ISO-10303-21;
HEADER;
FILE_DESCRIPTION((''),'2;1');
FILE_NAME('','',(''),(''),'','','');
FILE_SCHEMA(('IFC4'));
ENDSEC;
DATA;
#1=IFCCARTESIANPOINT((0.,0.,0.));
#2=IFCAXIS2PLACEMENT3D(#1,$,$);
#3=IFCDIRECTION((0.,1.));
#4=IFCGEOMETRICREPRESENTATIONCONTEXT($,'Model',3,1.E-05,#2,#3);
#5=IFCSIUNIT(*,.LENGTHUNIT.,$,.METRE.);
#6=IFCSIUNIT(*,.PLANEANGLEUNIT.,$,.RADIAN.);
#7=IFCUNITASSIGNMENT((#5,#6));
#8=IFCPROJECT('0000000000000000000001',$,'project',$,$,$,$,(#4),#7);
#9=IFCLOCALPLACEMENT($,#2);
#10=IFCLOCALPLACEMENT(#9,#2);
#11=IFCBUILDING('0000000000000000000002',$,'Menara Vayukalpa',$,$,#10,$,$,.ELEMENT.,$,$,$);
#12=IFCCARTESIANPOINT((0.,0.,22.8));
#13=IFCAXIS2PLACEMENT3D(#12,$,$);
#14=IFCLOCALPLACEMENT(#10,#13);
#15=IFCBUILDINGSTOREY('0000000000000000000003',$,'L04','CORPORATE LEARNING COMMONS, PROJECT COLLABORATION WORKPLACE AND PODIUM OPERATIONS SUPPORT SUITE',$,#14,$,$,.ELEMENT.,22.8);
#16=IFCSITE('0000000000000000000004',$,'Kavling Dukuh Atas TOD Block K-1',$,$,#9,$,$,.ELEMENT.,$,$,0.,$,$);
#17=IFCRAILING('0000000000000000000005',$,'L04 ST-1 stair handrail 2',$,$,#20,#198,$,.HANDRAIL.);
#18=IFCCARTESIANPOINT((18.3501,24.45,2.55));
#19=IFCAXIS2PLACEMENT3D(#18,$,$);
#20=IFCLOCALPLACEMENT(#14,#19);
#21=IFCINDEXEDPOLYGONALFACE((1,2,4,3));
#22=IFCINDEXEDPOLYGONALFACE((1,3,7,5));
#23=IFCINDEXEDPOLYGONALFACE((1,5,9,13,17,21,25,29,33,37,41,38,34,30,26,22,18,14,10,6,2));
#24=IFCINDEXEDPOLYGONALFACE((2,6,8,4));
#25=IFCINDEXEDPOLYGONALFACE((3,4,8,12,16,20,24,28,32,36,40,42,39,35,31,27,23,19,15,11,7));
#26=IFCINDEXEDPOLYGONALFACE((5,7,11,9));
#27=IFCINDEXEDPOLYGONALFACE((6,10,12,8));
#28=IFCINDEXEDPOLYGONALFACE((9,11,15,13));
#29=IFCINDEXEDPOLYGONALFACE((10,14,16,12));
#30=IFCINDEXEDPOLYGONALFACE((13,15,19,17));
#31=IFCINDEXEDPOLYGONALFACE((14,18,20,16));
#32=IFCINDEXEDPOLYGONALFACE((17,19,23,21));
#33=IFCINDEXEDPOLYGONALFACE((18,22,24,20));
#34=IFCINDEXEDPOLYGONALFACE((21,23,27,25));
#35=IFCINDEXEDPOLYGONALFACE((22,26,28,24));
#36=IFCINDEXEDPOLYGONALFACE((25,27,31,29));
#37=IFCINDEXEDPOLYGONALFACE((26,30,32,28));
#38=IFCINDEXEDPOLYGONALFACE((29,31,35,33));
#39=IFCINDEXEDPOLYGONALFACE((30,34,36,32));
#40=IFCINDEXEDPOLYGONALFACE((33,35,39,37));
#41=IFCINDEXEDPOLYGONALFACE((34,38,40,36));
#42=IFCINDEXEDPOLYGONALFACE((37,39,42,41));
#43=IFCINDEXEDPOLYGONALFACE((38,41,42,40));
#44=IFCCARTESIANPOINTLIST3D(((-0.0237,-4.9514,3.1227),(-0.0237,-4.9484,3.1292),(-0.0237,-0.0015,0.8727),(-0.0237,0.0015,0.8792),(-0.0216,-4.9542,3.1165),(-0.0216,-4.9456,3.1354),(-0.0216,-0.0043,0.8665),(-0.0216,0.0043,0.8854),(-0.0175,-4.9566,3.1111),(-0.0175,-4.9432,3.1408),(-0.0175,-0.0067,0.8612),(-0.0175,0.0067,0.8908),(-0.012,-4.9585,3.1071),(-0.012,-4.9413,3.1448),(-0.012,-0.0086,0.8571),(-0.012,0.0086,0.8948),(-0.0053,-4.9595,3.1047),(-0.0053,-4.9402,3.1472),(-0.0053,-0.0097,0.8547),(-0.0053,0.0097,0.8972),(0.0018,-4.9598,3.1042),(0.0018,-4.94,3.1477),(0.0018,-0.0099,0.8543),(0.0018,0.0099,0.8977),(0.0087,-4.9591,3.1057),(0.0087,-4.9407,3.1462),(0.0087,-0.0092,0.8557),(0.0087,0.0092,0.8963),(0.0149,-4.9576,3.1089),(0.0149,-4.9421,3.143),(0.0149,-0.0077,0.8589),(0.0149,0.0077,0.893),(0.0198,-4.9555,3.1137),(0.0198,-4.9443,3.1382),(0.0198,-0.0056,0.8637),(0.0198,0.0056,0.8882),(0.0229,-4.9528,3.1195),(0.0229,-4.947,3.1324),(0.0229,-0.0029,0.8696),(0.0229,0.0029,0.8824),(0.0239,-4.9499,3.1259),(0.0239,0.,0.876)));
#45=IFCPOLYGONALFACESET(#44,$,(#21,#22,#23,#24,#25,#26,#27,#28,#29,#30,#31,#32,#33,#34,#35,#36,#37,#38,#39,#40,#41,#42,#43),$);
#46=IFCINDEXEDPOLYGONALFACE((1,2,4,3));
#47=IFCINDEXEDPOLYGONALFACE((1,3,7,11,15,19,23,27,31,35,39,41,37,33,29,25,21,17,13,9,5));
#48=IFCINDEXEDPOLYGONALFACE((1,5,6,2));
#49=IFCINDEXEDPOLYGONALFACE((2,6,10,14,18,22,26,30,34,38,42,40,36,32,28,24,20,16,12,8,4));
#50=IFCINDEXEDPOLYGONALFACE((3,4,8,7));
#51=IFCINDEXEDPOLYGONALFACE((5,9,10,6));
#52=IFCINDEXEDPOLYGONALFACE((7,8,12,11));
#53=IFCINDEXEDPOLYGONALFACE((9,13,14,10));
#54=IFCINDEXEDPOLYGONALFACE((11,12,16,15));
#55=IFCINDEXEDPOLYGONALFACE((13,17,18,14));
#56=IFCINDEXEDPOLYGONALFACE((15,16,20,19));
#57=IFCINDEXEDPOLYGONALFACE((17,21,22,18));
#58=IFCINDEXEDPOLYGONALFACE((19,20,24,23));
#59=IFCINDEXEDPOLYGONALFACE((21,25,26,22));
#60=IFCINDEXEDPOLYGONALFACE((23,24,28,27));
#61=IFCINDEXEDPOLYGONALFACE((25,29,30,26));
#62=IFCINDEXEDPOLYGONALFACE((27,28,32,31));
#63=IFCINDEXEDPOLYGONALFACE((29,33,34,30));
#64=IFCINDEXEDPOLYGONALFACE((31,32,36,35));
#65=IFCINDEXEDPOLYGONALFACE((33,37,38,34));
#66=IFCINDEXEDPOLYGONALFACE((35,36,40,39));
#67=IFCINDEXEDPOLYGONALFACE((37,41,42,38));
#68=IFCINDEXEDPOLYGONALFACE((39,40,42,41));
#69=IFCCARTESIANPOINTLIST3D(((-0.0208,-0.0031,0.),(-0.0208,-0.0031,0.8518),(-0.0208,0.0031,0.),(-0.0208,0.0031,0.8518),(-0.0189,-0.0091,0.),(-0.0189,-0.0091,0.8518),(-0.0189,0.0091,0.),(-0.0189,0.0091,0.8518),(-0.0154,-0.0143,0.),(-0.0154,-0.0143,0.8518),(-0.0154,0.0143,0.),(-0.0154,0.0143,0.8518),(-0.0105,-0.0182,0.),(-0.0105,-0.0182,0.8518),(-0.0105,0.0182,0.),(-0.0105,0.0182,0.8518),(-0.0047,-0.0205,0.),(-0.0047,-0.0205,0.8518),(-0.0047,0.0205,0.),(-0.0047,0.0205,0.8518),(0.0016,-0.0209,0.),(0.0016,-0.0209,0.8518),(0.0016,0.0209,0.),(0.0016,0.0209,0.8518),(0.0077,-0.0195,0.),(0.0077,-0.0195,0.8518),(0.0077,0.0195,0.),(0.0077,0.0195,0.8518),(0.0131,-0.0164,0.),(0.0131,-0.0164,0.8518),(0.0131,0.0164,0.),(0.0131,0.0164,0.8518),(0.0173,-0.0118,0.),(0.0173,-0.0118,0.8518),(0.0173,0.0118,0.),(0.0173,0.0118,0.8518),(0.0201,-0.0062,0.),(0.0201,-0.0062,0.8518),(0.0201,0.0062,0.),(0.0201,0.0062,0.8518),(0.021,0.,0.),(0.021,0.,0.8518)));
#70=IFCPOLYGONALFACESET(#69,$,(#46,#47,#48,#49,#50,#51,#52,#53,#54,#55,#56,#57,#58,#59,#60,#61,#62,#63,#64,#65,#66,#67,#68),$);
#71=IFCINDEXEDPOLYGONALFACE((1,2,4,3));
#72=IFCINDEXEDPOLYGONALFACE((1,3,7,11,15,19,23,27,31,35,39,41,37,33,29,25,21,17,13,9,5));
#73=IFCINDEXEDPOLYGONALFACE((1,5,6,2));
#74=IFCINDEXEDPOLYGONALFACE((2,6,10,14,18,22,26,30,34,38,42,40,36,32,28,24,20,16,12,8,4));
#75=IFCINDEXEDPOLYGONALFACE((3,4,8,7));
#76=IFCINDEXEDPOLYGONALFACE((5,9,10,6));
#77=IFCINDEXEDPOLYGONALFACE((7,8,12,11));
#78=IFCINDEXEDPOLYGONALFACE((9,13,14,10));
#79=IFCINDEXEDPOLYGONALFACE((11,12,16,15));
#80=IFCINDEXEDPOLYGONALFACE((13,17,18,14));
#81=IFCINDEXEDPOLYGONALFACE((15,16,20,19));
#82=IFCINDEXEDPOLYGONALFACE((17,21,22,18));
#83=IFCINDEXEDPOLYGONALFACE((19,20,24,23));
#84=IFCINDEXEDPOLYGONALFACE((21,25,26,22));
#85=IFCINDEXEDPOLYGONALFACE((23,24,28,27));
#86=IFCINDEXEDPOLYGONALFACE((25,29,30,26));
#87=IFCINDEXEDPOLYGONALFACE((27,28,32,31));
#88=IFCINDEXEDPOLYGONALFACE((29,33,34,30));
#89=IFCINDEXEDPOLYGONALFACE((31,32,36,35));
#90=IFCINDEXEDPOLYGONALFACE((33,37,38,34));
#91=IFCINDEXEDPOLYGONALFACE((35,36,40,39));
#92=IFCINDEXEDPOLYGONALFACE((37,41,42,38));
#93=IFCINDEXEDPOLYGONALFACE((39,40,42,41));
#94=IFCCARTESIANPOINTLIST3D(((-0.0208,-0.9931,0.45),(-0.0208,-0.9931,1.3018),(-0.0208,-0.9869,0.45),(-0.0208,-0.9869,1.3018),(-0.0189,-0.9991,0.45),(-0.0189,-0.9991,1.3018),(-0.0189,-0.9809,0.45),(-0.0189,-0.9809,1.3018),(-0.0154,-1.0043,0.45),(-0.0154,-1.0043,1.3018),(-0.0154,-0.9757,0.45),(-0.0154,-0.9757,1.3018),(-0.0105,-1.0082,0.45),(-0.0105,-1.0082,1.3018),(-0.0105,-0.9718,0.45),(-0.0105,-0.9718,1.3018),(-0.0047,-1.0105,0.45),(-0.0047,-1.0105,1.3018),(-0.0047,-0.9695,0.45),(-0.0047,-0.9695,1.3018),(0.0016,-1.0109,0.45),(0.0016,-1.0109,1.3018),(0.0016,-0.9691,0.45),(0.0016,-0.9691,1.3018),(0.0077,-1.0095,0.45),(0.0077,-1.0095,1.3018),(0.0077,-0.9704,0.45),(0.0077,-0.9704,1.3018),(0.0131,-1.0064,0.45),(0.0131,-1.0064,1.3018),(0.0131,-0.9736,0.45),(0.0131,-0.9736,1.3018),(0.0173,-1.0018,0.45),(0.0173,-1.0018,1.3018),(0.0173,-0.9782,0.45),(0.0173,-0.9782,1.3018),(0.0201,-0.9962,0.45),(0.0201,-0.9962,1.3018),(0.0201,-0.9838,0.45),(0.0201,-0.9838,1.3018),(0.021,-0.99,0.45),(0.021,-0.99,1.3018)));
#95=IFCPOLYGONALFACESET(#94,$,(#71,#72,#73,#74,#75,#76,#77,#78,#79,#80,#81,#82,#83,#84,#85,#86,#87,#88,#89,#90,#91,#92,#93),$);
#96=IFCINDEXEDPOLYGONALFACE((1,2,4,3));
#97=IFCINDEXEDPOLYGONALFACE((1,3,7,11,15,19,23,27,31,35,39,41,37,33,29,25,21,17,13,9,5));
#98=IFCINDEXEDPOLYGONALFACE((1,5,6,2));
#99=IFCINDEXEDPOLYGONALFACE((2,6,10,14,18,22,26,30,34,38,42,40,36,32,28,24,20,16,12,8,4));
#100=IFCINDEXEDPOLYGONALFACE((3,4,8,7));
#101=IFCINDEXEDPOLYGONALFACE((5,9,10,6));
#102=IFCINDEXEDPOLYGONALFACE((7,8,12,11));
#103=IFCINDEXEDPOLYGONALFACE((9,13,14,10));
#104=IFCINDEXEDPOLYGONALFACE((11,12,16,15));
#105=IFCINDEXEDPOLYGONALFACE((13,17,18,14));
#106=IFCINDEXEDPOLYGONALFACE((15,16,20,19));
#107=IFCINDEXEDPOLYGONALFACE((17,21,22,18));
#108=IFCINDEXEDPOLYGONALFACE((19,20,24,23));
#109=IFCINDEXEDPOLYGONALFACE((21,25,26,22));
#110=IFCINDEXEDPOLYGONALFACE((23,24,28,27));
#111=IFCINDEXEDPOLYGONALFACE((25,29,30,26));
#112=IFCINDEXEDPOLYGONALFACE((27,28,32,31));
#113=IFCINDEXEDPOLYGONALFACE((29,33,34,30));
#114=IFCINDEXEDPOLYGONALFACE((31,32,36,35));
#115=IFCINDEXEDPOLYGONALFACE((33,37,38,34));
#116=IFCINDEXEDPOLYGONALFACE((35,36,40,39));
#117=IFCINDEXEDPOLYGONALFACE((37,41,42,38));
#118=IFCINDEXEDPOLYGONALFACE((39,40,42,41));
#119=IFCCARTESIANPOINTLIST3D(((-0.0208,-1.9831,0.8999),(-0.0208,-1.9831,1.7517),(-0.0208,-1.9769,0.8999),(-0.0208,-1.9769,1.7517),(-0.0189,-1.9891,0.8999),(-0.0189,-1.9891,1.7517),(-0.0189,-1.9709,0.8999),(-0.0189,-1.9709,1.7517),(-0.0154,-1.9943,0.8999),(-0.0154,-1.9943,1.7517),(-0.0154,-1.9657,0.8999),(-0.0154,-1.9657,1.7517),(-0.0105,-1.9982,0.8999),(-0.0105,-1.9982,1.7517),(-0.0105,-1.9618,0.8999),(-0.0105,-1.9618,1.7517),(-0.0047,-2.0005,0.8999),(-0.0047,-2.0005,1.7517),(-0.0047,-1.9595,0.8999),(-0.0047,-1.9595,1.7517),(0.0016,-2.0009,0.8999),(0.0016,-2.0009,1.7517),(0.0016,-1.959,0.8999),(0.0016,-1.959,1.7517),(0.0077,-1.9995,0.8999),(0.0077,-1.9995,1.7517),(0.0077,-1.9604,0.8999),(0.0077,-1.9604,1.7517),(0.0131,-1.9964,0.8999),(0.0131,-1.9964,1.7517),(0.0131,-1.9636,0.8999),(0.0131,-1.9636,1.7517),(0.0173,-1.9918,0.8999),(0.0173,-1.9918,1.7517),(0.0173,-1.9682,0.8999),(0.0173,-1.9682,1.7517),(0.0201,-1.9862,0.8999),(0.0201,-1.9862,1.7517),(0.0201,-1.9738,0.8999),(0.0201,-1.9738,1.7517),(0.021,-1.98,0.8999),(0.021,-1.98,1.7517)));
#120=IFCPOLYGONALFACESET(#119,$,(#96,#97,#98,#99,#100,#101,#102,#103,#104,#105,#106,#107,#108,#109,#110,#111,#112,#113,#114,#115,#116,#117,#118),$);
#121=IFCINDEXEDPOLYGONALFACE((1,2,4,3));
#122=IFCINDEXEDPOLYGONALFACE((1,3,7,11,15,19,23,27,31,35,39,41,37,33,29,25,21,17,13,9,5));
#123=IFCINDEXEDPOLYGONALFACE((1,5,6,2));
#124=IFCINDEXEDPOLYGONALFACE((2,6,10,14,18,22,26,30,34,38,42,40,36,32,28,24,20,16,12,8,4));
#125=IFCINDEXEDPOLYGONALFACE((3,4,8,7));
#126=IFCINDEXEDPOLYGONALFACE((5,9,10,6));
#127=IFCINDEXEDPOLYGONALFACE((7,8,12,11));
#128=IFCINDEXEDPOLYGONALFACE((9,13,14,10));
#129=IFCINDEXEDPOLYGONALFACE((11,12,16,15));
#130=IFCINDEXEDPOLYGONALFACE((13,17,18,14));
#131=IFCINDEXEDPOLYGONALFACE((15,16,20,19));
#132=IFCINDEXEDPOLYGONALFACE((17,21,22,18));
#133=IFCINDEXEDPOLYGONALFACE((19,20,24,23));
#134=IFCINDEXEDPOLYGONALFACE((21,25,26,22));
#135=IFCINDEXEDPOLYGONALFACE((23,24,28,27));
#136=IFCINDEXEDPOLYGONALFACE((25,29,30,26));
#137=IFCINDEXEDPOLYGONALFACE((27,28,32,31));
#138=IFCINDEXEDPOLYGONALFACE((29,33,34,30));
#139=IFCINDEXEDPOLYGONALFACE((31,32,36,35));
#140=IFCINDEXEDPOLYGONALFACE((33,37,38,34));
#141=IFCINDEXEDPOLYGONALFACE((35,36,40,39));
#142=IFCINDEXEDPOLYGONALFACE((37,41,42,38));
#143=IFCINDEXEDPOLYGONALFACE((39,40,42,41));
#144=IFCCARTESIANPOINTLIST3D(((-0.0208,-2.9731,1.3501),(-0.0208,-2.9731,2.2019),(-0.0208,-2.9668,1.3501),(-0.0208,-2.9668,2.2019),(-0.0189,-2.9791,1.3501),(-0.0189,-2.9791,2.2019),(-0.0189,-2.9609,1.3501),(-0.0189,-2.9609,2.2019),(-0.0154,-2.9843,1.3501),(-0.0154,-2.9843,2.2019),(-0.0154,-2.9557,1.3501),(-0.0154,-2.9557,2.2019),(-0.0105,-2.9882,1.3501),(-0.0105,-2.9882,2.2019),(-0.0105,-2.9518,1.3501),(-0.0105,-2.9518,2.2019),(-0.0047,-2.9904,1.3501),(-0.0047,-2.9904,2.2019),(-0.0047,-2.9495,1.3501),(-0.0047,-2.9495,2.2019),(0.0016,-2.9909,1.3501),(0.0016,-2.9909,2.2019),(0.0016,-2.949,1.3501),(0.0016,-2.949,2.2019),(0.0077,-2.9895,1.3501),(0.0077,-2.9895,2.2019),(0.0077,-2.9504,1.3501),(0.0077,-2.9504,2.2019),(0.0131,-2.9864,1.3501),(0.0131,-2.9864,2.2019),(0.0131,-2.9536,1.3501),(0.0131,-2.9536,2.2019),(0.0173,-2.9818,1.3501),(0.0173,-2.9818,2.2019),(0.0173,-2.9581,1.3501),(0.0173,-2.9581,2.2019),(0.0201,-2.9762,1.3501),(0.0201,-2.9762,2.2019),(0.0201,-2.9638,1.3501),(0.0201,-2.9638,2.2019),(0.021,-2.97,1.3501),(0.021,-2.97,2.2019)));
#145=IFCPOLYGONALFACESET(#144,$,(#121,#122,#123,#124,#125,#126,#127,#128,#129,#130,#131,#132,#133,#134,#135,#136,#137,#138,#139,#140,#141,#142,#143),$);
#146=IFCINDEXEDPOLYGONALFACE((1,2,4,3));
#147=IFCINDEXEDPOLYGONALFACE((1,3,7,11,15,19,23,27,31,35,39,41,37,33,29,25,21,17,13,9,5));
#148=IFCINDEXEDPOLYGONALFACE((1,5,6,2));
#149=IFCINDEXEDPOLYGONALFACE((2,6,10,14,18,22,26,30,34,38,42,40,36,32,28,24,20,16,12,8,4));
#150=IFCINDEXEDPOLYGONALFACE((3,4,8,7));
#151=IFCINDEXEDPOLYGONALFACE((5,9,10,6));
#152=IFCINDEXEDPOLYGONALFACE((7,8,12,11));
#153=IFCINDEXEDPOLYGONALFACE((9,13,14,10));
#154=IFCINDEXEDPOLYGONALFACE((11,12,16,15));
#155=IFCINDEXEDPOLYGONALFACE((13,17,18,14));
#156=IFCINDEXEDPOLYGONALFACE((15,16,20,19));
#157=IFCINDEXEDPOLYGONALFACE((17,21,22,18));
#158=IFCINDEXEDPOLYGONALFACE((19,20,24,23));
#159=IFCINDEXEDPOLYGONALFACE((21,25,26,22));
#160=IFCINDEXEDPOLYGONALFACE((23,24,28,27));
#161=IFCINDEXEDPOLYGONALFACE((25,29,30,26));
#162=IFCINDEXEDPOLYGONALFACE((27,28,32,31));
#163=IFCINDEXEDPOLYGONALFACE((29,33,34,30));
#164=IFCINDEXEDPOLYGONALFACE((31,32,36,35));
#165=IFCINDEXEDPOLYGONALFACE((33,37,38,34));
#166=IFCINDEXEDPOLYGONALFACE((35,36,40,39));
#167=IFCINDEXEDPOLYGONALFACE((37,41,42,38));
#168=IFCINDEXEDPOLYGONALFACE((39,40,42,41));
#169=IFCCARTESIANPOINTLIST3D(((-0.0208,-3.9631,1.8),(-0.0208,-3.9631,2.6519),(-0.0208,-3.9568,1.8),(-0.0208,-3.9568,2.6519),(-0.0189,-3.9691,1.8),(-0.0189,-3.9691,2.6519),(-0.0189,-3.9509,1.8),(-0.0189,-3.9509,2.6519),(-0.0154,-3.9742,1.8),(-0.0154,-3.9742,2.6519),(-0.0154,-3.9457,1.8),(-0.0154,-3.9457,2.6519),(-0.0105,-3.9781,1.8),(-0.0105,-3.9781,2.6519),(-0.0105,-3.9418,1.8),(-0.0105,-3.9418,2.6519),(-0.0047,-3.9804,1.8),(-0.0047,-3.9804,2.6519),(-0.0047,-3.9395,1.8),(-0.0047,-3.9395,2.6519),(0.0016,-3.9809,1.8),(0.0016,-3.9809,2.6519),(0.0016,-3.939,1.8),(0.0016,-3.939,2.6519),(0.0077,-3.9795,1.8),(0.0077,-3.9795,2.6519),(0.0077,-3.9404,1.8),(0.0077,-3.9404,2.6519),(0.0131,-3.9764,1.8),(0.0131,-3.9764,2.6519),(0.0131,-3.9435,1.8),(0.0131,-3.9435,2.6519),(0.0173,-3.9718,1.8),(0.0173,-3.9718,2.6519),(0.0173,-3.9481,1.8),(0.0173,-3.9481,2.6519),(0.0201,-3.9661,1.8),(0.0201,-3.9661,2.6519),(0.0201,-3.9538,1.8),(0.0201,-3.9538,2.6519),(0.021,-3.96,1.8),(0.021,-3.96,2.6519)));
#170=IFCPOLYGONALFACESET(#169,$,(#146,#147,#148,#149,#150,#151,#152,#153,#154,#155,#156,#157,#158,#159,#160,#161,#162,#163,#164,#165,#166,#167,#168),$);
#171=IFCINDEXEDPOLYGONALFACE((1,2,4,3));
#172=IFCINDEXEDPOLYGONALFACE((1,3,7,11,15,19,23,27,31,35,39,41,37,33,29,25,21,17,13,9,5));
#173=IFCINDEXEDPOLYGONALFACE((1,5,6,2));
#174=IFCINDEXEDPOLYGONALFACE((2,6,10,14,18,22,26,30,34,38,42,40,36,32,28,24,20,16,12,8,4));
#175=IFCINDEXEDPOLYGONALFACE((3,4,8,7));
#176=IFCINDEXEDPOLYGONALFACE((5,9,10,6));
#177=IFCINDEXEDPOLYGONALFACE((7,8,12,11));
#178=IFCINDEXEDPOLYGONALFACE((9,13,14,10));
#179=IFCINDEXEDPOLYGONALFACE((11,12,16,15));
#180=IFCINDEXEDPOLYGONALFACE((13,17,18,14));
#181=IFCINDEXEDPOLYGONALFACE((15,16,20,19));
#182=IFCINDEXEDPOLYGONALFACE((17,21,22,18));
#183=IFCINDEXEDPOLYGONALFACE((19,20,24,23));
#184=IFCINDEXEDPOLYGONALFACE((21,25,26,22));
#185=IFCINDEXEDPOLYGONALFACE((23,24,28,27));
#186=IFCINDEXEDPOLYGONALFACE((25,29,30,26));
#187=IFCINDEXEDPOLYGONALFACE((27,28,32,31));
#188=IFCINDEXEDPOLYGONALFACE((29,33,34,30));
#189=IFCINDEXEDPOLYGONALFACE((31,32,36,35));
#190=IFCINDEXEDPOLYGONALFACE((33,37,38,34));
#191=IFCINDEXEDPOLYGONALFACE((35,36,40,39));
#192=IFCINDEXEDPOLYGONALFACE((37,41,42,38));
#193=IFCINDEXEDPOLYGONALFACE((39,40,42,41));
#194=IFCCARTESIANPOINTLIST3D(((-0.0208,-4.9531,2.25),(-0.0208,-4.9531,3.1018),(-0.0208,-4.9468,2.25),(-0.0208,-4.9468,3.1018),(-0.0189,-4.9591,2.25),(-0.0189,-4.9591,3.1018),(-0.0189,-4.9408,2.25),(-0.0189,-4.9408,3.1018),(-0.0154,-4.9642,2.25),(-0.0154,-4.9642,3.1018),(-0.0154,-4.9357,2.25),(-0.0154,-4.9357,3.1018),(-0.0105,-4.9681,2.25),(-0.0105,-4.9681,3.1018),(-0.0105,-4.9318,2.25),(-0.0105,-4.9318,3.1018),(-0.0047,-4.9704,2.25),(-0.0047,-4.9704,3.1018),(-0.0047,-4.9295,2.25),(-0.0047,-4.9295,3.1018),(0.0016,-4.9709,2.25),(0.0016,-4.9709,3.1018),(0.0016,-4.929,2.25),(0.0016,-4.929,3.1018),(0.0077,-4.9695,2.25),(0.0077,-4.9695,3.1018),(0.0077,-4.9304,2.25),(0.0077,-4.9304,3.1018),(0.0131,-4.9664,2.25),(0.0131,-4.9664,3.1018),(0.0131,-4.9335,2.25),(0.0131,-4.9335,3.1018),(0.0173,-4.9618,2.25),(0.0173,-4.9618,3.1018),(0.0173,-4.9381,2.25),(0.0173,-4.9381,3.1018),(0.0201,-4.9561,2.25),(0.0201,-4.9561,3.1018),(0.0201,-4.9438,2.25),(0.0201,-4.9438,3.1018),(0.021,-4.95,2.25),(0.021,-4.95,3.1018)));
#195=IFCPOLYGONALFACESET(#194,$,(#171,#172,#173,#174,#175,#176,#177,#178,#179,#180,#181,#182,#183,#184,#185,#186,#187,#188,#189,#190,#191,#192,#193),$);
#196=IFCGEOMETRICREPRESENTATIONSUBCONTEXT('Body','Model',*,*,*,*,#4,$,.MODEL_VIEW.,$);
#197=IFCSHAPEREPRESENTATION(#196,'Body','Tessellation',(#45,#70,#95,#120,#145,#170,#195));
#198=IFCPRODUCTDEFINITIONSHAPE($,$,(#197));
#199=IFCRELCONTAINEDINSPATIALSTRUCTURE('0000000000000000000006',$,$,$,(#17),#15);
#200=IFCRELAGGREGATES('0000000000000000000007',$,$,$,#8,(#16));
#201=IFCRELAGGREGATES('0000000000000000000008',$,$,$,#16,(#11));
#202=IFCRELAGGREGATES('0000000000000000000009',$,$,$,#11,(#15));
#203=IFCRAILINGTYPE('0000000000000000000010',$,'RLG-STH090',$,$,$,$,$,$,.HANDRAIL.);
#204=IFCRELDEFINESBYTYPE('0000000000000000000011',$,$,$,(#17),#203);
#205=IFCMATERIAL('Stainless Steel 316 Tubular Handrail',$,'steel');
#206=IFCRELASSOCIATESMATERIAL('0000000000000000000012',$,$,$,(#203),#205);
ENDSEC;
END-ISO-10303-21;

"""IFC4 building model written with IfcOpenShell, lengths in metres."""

from ifc_helpers import new_model, si_unit, direction, frame, origin, origin_2d, place, context, subcontext, project, spatial, circle, extrude, material, type_object, element, save


model = new_model("IFC4")

# Units and contexts
model_context = context("Model", 3, precision=1e-05, world=origin(), true_north=direction((0.0, 1.0)))
body_context = subcontext(model_context, "Body", "Model", "MODEL_VIEW")
ifc_project = project(units=[si_unit("LENGTHUNIT", "METRE"), si_unit("PLANEANGLEUNIT", "RADIAN")], contexts=[model_context])

# Site, building, storey
site_placement = place(None, origin())
site = spatial("IfcSite", under=ifc_project, at=site_placement, Name="Kavling Dukuh Atas TOD Block K-1", CompositionType="ELEMENT", RefElevation=0.0)
building_placement = place(site_placement, origin())
building = spatial("IfcBuilding", under=site, at=building_placement, Name="Menara Vayukalpa", CompositionType="ELEMENT")
storey_placement = place(building_placement, frame((0.0, 0.0, 22.8)))
storey = spatial("IfcBuildingStorey", under=building, at=storey_placement, Name="L04", Description="CORPORATE LEARNING COMMONS, PROJECT COLLABORATION WORKPLACE AND PODIUM OPERATIONS SUPPORT SUITE", CompositionType="ELEMENT", Elevation=22.8)

# Railing
ifc_material_1 = material(Name="Stainless Steel 316 Tubular Handrail", Category="steel")
railing_type_1 = type_object("IfcRailingType", Name="RLG-STH090", PredefinedType="HANDRAIL", material=ifc_material_1)
railing_1_placement = place(storey_placement, frame((18.3501, 24.45, 2.55)))
element("IfcRailing", 1, at=railing_1_placement, inside=storey, type_object=railing_type_1, Name="L04 ST-1 stair handrail 2", PredefinedType="HANDRAIL", context=body_context, shape_type="SweptSolid", body=[
    extrude(circle(Radius=0.0239, at=origin_2d()), frame((0.0, 0.0, 0.876), z_axis=(0.0, -0.910365, 0.413806), x_axis=(1.0, 0.0, 0.0)), (0.0, 0.0, 1.0), 5.4373),
    extrude(circle(Radius=0.021, at=origin_2d()), origin(), (0.0, 0.0, 1.0), 0.8518),
    extrude(circle(Radius=0.021, at=origin_2d()), frame((0.0, -0.99, 0.45)), (0.0, 0.0, 1.0), 0.8518),
    extrude(circle(Radius=0.021, at=origin_2d()), frame((0.0, -1.98, 0.8999)), (0.0, 0.0, 1.0), 0.8518),
    extrude(circle(Radius=0.021, at=origin_2d()), frame((0.0, -2.97, 1.3501)), (0.0, 0.0, 1.0), 0.8518),
    extrude(circle(Radius=0.021, at=origin_2d()), frame((0.0, -3.96, 1.8)), (0.0, 0.0, 1.0), 0.8518),
    extrude(circle(Radius=0.021, at=origin_2d()), frame((0.0, -4.95, 2.25)), (0.0, 0.0, 1.0), 0.8518),
])

save(model, "model.ifc")
